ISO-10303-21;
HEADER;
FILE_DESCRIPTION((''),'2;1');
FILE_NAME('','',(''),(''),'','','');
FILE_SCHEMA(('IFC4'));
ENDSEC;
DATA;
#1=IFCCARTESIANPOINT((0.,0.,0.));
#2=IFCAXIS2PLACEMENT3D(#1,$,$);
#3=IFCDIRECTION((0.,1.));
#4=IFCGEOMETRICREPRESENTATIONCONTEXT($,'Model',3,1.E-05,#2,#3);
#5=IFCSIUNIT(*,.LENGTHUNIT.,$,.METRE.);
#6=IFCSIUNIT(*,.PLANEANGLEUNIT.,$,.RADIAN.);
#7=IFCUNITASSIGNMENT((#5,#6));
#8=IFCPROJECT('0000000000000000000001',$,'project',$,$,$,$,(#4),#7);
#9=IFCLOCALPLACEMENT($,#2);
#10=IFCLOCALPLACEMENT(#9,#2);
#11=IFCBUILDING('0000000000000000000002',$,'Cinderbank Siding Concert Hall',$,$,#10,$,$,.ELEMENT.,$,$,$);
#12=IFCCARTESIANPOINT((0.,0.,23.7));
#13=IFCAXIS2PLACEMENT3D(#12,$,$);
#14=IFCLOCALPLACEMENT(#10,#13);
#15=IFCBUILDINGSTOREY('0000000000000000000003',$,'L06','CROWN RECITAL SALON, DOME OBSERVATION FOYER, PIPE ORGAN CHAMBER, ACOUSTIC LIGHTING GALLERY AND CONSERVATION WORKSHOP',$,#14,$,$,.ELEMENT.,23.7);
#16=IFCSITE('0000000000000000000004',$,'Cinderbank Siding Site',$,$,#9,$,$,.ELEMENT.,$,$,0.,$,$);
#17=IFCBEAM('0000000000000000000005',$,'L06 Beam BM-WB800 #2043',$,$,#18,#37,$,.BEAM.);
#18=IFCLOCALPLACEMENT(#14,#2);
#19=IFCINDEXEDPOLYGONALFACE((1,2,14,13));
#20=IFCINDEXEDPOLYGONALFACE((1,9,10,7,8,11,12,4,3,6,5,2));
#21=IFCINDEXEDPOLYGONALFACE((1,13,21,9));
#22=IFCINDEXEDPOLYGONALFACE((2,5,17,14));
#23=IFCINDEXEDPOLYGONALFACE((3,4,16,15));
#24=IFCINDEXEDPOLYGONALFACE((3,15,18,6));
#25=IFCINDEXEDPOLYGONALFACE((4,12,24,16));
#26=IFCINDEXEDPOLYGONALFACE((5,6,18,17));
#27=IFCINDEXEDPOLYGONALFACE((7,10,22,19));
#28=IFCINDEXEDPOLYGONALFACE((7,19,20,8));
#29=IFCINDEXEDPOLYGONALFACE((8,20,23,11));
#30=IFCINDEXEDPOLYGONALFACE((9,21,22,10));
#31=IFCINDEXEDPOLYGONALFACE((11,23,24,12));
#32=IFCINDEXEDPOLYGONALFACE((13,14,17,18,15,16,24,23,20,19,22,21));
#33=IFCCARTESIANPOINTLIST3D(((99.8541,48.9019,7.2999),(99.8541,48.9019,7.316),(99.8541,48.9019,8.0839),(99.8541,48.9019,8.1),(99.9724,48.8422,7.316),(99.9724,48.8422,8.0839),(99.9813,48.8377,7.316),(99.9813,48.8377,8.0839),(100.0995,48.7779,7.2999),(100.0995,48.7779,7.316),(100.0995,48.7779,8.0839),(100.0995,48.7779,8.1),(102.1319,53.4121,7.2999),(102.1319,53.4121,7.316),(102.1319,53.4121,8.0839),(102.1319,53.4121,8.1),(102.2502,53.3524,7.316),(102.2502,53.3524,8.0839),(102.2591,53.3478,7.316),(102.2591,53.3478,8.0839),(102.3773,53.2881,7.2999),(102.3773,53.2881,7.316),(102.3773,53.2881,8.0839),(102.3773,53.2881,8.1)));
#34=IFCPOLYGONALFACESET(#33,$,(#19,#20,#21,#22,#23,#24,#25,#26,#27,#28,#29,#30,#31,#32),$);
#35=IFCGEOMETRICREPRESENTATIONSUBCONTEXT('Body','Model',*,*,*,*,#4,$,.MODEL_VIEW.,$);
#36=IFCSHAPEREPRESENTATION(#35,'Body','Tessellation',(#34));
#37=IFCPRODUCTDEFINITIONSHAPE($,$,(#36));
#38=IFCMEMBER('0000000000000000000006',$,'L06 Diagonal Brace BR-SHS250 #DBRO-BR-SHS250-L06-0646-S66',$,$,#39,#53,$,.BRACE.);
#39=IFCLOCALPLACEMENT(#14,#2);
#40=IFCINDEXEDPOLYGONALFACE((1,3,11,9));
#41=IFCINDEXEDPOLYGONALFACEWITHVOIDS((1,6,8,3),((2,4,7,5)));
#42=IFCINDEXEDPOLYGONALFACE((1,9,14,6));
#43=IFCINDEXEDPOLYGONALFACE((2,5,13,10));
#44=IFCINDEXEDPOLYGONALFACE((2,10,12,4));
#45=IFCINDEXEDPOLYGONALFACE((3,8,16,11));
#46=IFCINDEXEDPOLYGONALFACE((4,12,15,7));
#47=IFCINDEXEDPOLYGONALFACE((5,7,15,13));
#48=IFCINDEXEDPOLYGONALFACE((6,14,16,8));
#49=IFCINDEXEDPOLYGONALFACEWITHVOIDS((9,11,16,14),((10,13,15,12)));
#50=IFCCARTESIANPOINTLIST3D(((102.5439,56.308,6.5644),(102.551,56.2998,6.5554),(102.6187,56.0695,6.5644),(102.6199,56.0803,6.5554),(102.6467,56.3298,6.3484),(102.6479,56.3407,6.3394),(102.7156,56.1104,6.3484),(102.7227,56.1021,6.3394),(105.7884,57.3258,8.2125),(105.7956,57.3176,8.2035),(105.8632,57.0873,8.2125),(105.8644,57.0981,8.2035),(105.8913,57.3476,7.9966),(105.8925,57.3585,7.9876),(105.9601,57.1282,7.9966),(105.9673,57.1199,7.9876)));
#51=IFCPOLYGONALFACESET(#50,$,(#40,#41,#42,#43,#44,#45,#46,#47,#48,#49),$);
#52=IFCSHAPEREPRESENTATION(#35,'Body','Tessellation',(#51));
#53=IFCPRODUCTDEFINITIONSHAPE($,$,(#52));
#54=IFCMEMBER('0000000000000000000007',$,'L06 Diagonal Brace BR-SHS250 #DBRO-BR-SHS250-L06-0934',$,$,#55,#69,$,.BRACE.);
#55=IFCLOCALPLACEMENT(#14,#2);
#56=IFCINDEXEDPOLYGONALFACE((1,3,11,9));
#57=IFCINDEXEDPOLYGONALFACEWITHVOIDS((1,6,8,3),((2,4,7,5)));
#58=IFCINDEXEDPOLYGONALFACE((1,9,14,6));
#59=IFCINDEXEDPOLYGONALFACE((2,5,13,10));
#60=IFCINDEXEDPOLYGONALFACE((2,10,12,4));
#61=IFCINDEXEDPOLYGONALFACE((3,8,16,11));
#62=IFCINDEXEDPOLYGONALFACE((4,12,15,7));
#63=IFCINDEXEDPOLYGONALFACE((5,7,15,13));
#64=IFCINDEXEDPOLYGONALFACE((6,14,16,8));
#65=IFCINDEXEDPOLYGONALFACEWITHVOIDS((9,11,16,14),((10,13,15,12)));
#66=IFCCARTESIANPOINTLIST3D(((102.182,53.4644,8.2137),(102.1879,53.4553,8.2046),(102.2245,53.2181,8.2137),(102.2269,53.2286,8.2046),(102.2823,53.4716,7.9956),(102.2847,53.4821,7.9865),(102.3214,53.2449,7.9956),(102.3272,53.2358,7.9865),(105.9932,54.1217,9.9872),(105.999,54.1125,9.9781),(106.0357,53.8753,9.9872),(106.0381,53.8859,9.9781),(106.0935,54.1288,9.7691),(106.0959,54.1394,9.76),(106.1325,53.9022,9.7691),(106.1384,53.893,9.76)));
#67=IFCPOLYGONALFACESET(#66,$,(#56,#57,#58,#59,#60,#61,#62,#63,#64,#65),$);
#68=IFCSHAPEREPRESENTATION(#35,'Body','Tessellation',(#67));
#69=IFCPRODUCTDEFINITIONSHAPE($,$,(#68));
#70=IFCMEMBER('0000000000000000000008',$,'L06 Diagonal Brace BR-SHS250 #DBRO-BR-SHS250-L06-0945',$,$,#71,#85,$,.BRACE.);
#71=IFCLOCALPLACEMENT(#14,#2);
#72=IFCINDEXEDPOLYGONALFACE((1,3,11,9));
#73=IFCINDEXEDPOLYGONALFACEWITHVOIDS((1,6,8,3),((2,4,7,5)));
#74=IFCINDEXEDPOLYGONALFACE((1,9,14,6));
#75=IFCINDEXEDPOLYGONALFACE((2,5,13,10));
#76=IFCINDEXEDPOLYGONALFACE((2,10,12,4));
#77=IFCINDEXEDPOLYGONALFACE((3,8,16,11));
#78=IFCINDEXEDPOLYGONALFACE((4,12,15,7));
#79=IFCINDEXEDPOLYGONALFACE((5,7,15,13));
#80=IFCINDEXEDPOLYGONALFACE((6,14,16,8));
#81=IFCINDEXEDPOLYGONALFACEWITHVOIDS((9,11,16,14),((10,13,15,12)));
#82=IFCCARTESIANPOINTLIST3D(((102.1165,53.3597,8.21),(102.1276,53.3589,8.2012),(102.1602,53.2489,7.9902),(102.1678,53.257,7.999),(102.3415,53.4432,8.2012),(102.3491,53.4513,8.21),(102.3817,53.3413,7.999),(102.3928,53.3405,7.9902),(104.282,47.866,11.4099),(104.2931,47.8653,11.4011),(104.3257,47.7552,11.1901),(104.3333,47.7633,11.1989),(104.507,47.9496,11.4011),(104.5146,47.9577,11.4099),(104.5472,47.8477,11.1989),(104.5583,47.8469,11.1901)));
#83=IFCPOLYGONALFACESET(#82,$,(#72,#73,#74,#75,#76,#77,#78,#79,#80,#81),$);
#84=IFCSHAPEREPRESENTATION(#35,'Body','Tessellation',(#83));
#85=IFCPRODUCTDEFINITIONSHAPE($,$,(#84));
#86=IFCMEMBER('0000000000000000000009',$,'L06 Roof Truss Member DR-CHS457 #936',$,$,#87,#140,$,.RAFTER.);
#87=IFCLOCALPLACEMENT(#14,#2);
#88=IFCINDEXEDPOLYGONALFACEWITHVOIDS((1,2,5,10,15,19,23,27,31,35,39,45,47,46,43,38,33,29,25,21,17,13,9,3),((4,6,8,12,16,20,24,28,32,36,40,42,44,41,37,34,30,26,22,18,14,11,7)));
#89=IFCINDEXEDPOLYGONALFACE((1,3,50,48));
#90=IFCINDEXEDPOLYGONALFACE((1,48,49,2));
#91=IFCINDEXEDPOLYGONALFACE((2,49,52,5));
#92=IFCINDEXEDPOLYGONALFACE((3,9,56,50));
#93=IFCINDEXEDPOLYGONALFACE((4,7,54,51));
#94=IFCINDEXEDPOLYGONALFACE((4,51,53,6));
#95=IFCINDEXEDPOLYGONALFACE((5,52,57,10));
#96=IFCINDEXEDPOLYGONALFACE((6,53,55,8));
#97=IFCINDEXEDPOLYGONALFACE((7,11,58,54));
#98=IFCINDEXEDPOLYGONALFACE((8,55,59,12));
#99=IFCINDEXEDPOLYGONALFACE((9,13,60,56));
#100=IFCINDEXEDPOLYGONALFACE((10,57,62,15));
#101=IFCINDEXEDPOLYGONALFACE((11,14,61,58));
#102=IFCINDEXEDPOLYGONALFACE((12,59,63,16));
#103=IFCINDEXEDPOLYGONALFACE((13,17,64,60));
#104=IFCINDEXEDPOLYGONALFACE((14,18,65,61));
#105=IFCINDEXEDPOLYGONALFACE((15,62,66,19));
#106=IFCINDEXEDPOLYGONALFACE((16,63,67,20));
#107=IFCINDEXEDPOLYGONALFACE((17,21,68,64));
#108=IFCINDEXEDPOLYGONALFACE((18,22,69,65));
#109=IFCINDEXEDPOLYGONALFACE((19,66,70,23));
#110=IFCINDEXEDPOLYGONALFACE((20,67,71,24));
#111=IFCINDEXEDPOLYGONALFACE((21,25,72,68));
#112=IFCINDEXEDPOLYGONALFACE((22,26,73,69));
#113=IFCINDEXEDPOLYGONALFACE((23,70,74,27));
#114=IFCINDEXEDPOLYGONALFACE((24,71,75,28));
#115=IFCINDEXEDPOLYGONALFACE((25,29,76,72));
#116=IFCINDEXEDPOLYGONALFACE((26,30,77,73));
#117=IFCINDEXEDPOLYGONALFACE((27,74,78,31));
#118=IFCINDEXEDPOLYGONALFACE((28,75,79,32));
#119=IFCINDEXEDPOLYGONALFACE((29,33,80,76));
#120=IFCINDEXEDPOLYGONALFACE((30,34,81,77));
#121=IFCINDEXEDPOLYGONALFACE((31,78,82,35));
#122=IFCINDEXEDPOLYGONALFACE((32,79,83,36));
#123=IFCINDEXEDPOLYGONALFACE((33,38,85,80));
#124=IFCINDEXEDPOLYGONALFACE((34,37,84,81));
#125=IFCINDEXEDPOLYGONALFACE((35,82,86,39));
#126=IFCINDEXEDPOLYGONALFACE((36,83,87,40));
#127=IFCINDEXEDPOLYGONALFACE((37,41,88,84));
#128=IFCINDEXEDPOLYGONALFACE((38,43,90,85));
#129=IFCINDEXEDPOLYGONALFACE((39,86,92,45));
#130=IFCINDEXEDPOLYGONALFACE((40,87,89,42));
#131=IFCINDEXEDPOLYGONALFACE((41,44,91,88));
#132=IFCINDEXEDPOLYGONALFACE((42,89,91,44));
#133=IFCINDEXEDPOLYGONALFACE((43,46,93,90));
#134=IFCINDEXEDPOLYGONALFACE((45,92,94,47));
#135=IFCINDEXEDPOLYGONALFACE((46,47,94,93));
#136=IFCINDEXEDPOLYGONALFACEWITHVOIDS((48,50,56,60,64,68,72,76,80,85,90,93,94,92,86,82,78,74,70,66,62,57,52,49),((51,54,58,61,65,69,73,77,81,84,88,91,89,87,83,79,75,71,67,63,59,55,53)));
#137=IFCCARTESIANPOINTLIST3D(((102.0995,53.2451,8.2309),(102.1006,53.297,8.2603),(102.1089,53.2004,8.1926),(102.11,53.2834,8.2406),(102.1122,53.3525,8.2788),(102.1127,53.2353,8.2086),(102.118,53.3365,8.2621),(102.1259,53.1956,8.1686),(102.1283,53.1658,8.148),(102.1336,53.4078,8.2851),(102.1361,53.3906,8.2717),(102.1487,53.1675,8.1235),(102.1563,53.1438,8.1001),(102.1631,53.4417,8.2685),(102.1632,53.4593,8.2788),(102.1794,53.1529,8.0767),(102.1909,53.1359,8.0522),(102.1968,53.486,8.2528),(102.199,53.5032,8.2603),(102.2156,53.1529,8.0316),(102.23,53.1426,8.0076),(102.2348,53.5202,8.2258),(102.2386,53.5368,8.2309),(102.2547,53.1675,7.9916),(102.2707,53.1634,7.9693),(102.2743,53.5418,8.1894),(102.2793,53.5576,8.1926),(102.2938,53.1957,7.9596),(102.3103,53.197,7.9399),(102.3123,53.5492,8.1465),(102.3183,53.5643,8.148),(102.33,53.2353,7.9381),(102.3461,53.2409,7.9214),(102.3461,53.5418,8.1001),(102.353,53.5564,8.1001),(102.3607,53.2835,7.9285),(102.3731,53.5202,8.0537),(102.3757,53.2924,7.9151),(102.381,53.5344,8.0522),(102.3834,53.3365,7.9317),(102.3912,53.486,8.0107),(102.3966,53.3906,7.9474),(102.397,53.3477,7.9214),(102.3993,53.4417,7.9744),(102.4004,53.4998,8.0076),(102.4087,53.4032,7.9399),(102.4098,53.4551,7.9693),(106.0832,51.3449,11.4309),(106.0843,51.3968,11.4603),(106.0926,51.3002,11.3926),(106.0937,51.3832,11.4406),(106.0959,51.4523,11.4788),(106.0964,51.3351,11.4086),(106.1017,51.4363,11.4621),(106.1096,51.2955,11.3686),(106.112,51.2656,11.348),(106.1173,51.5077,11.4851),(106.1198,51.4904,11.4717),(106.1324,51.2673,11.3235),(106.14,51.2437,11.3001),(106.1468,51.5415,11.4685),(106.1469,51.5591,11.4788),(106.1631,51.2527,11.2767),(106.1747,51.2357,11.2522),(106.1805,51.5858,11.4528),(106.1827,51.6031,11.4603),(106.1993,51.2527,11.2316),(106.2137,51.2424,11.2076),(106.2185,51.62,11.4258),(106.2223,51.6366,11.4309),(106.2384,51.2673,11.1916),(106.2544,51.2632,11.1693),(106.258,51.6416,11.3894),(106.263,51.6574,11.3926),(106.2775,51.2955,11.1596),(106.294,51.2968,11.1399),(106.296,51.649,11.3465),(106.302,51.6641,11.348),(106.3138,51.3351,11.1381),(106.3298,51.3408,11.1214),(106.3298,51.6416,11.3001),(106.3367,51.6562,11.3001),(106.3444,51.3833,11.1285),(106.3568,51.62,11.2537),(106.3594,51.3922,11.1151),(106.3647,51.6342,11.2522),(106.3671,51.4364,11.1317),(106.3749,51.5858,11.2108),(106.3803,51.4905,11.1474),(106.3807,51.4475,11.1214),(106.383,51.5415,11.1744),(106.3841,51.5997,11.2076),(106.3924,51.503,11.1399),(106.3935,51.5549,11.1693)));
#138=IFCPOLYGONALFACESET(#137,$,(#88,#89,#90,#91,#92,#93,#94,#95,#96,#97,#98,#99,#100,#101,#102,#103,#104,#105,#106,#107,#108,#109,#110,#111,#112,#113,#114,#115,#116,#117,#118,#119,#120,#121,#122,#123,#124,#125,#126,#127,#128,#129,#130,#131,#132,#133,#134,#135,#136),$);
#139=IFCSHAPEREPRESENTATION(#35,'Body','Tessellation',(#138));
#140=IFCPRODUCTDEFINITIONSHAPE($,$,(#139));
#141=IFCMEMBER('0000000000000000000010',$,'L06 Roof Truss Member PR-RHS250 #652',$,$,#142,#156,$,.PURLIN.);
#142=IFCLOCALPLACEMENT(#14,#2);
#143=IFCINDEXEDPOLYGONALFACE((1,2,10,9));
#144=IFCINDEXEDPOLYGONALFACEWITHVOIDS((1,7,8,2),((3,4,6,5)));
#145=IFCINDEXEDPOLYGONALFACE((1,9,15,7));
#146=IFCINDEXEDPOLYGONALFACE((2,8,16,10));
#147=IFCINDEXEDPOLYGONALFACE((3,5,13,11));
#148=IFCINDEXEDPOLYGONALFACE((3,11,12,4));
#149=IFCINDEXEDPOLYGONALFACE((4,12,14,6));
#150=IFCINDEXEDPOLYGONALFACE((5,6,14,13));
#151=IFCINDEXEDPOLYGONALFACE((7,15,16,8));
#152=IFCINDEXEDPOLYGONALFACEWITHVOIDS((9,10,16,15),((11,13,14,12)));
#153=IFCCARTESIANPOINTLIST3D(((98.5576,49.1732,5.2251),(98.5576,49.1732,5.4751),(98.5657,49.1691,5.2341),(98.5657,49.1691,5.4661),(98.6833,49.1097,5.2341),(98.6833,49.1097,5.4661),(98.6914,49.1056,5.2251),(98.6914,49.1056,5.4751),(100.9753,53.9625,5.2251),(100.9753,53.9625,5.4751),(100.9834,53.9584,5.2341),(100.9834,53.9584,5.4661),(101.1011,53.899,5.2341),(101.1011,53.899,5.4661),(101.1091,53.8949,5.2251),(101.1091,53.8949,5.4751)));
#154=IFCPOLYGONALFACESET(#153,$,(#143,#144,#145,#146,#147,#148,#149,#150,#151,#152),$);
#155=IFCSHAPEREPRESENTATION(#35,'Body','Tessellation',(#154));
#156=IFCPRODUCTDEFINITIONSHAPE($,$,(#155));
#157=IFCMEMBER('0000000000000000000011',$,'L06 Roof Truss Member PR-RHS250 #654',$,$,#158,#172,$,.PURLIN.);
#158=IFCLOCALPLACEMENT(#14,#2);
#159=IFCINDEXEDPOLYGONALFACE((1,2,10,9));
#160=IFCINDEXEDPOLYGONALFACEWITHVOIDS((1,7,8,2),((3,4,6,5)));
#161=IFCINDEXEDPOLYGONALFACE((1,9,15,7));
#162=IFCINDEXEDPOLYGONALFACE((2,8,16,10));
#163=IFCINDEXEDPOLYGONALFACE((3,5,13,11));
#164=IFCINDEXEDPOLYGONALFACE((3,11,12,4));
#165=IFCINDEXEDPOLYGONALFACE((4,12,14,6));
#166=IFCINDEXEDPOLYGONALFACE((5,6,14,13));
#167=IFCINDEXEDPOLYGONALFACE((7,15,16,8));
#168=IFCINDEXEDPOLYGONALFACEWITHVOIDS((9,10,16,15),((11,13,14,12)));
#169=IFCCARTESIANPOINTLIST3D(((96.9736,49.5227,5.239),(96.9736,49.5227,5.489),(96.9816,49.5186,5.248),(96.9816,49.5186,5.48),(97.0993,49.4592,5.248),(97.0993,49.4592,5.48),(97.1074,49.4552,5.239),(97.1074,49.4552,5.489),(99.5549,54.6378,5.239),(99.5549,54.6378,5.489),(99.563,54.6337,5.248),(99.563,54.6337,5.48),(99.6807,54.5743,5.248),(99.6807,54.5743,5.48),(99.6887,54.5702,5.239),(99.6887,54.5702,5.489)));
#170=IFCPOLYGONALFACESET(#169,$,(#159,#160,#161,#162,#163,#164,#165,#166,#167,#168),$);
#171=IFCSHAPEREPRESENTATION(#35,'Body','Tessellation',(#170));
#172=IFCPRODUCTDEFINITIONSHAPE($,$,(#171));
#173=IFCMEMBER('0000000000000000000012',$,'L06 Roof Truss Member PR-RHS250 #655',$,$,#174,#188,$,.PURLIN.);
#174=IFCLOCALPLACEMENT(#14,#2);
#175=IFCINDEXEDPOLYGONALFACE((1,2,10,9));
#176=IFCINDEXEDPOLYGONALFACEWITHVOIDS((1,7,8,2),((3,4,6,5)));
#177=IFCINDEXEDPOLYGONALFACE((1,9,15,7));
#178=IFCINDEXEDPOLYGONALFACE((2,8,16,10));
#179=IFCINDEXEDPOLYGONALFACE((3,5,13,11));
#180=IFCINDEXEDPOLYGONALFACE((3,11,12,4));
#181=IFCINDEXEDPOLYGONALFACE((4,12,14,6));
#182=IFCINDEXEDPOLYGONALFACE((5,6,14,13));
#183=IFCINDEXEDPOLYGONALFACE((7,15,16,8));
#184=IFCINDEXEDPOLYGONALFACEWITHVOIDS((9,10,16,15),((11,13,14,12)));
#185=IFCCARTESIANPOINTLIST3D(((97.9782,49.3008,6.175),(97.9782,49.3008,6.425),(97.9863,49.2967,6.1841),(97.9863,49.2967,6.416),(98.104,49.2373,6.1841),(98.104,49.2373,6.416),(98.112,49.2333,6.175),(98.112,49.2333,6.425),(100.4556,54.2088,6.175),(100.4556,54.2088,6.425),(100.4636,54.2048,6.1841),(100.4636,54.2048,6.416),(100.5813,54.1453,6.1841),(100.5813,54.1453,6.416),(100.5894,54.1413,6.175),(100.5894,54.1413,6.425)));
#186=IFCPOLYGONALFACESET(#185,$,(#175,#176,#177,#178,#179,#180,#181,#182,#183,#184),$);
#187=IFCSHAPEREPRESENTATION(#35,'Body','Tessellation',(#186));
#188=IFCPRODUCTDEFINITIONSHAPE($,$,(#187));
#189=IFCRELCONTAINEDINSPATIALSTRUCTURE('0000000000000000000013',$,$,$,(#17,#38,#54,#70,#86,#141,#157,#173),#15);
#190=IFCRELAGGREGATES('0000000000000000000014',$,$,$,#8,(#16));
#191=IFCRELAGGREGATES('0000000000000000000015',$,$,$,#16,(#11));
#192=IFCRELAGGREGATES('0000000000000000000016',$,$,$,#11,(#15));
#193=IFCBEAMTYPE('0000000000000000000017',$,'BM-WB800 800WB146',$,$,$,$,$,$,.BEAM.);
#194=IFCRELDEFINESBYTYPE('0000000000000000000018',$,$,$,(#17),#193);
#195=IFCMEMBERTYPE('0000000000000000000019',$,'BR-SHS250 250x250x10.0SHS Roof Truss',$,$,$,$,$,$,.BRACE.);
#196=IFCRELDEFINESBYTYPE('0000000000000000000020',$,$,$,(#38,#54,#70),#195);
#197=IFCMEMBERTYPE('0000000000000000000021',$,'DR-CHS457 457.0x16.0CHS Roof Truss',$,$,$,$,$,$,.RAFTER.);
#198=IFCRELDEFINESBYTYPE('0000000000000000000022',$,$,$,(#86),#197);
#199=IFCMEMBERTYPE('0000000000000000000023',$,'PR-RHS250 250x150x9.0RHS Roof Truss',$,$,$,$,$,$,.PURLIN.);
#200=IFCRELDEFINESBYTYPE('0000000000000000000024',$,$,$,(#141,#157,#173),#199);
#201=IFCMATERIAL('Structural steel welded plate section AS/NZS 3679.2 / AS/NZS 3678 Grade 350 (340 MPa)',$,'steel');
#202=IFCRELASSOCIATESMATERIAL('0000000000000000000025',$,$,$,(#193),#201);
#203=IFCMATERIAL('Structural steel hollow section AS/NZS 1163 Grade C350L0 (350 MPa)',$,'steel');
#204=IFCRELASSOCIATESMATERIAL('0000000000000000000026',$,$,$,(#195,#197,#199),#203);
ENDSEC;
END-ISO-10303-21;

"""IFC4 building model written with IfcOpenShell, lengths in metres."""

from ifc_helpers import new_model, si_unit, direction, frame, origin, origin_2d, place, context, subcontext, project, spatial, hollow_rectangle, hollow_circle, i_section, extrude, material, material_profile, profile_set, type_object, element, save


model = new_model("IFC4")

# Units and contexts
model_context = context("Model", 3, precision=1e-05, world=origin(), true_north=direction((0.0, 1.0)))
body_context = subcontext(model_context, "Body", "Model", "MODEL_VIEW")
ifc_project = project(units=[si_unit("LENGTHUNIT", "METRE"), si_unit("PLANEANGLEUNIT", "RADIAN")], contexts=[model_context])

# Site, building, storey
site_placement = place(None, origin())
site = spatial("IfcSite", under=ifc_project, at=site_placement, Name="Cinderbank Siding Site", CompositionType="ELEMENT", RefElevation=0.0)
building_placement = place(site_placement, origin())
building = spatial("IfcBuilding", under=site, at=building_placement, Name="Cinderbank Siding Concert Hall", CompositionType="ELEMENT")
storey_placement = place(building_placement, frame((0.0, 0.0, 23.7)))
storey = spatial("IfcBuildingStorey", under=building, at=storey_placement, Name="L06", Description="CROWN RECITAL SALON, DOME OBSERVATION FOYER, PIPE ORGAN CHAMBER, ACOUSTIC LIGHTING GALLERY AND CONSERVATION WORKSHOP", CompositionType="ELEMENT", Elevation=23.7)

# Beam
ifc_material_1 = material(Name="Structural steel welded plate section AS/NZS 3679.2 / AS/NZS 3678 Grade 350 (340 MPa)", Category="steel")
ifc_material_profile_1 = material_profile(ifc_material_1, i_section(OverallWidth=0.2749, OverallDepth=0.8, WebThickness=0.01, FlangeThickness=0.0161, at=origin_2d()), Name="800WB146", Category="LoadBearing")
ifc_profile_set_1 = profile_set([ifc_material_profile_1], Name="Structural steel welded plate section AS/NZS 3679.2 / AS/NZS 3678 Grade 350 (340 MPa)")
beam_type = type_object("IfcBeamType", Name="BM-WB800 800WB146", PredefinedType="BEAM", material=ifc_profile_set_1)
beam_placement = place(storey_placement, frame((102.2546, 53.3501, 7.7), z_axis=(-0.450805, -0.892623, 0.0), x_axis=(0.892623, -0.450805, 0.0)))
element("IfcBeam", 1, at=beam_placement, inside=storey, type_object=beam_type, Name="L06 Beam BM-WB800 #2043", PredefinedType="BEAM", context=body_context, shape_type="SweptSolid", body=[
    extrude(i_section(OverallWidth=0.2749, OverallDepth=0.8, WebThickness=0.01, FlangeThickness=0.0161, at=origin_2d()), origin(), (0.0, 0.0, 1.0), 5.0527),
])

# Members
ifc_material_2 = material(Name="Structural steel hollow section AS/NZS 1163 Grade C350L0 (350 MPa)", Category="steel")
ifc_material_profile_2 = material_profile(ifc_material_2, hollow_rectangle(XDim=0.25, YDim=0.25, WallThickness=0.01, at=origin_2d()), Name="250x250x10.0SHS", Category="LoadBearing")
ifc_profile_set_2 = profile_set([ifc_material_profile_2], Name="Structural steel hollow section AS/NZS 1163 Grade C350L0 (350 MPa)")
member_type_1 = type_object("IfcMemberType", Name="BR-SHS250 250x250x10.0SHS Roof Truss", PredefinedType="BRACE", material=ifc_profile_set_2)
member_1_placement = place(storey_placement, frame((102.6333, 56.2051, 6.4519), z_axis=(0.858616, 0.269343, 0.436156), x_axis=(-0.299313, 0.954155, 0.0)))
element("IfcMember", 2, at=member_1_placement, inside=storey, type_object=member_type_1, Name="L06 Diagonal Brace BR-SHS250 #DBRO-BR-SHS250-L06-0646-S66", PredefinedType="BRACE", context=body_context, shape_type="SweptSolid", body=[
    extrude(hollow_rectangle(XDim=0.25, YDim=0.25, WallThickness=0.01, at=origin_2d()), origin(), (0.0, 0.0, 1.0), 3.7788),
])
member_2_placement = place(storey_placement, frame((102.2546, 53.3501, 8.1001), z_axis=(0.89576, 0.154477, 0.416835), x_axis=(-0.169945, 0.985454, 0.0)))
element("IfcMember", 3, at=member_2_placement, inside=storey, type_object=member_type_1, Name="L06 Diagonal Brace BR-SHS250 #DBRO-BR-SHS250-L06-0934", PredefinedType="BRACE", context=body_context, shape_type="SweptSolid", body=[
    extrude(hollow_rectangle(XDim=0.25, YDim=0.25, WallThickness=0.01, at=origin_2d()), origin(), (0.0, 0.0, 1.0), 4.2546),
])
member_3_placement = place(storey_placement, frame((102.2546, 53.3501, 8.1001), z_axis=(0.322426, -0.817952, 0.476442), x_axis=(0.93033, 0.366724, 0.0)))
element("IfcMember", 4, at=member_3_placement, inside=storey, type_object=member_type_1, Name="L06 Diagonal Brace BR-SHS250 #DBRO-BR-SHS250-L06-0945", PredefinedType="BRACE", context=body_context, shape_type="SweptSolid", body=[
    extrude(hollow_rectangle(XDim=0.25, YDim=0.25, WallThickness=0.01, at=origin_2d()), origin(), (0.0, 0.0, 1.0), 6.7163),
])
ifc_material_profile_3 = material_profile(ifc_material_2, hollow_circle(Radius=0.2285, WallThickness=0.0161, at=origin_2d()), Name="457.0x16.0CHS", Category="LoadBearing")
ifc_profile_set_3 = profile_set([ifc_material_profile_3], Name="Structural steel hollow section AS/NZS 1163 Grade C350L0 (350 MPa)")
member_type_2 = type_object("IfcMemberType", Name="DR-CHS457 457.0x16.0CHS Roof Truss", PredefinedType="RAFTER", material=ifc_profile_set_3)
member_4_placement = place(storey_placement, frame((102.2546, 53.3501, 8.1001), z_axis=(0.730733, -0.34855, 0.586978), x_axis=(0.43052, 0.902581, 0.0)))
element("IfcMember", 5, at=member_4_placement, inside=storey, type_object=member_type_2, Name="L06 Roof Truss Member DR-CHS457 #936", PredefinedType="RAFTER", context=body_context, shape_type="SweptSolid", body=[
    extrude(hollow_circle(Radius=0.2285, WallThickness=0.0161, at=origin_2d()), origin(), (0.0, 0.0, 1.0), 5.4517),
])
ifc_material_profile_4 = material_profile(ifc_material_2, hollow_rectangle(XDim=0.1499, YDim=0.25, WallThickness=0.009, at=origin_2d()), Name="250x150x9.0RHS", Category="LoadBearing")
ifc_profile_set_4 = profile_set([ifc_material_profile_4], Name="Structural steel hollow section AS/NZS 1163 Grade C350L0 (350 MPa)")
member_type_3 = type_object("IfcMemberType", Name="PR-RHS250 250x150x9.0RHS Roof Truss", PredefinedType="PURLIN", material=ifc_profile_set_4)
member_5_placement = place(storey_placement, frame((101.0422, 53.9287, 5.3501), z_axis=(-0.450651, -0.8927, 0.0), x_axis=(0.8927, -0.450651, 0.0)))
element("IfcMember", 6, at=member_5_placement, inside=storey, type_object=member_type_3, Name="L06 Roof Truss Member PR-RHS250 #652", PredefinedType="PURLIN", context=body_context, shape_type="SweptSolid", body=[
    extrude(hollow_rectangle(XDim=0.1499, YDim=0.25, WallThickness=0.009, at=origin_2d()), origin(), (0.0, 0.0, 1.0), 5.365),
])
member_6_placement = place(storey_placement, frame((99.6218, 54.604, 5.364), z_axis=(-0.450534, -0.892759, 0.0), x_axis=(0.892759, -0.450534, 0.0)))
element("IfcMember", 7, at=member_6_placement, inside=storey, type_object=member_type_3, Name="L06 Roof Truss Member PR-RHS250 #654", PredefinedType="PURLIN", context=body_context, shape_type="SweptSolid", body=[
    extrude(hollow_rectangle(XDim=0.1499, YDim=0.25, WallThickness=0.009, at=origin_2d()), origin(), (0.0, 0.0, 1.0), 5.7295),
])
member_7_placement = place(storey_placement, frame((100.5225, 54.175, 6.3), z_axis=(-0.450603, -0.892724, 0.0), x_axis=(0.892724, -0.450603, 0.0)))
element("IfcMember", 8, at=member_7_placement, inside=storey, type_object=member_type_3, Name="L06 Roof Truss Member PR-RHS250 #655", PredefinedType="PURLIN", context=body_context, shape_type="SweptSolid", body=[
    extrude(hollow_rectangle(XDim=0.1499, YDim=0.25, WallThickness=0.009, at=origin_2d()), origin(), (0.0, 0.0, 1.0), 5.4978),
])

save(model, "model.ifc")
